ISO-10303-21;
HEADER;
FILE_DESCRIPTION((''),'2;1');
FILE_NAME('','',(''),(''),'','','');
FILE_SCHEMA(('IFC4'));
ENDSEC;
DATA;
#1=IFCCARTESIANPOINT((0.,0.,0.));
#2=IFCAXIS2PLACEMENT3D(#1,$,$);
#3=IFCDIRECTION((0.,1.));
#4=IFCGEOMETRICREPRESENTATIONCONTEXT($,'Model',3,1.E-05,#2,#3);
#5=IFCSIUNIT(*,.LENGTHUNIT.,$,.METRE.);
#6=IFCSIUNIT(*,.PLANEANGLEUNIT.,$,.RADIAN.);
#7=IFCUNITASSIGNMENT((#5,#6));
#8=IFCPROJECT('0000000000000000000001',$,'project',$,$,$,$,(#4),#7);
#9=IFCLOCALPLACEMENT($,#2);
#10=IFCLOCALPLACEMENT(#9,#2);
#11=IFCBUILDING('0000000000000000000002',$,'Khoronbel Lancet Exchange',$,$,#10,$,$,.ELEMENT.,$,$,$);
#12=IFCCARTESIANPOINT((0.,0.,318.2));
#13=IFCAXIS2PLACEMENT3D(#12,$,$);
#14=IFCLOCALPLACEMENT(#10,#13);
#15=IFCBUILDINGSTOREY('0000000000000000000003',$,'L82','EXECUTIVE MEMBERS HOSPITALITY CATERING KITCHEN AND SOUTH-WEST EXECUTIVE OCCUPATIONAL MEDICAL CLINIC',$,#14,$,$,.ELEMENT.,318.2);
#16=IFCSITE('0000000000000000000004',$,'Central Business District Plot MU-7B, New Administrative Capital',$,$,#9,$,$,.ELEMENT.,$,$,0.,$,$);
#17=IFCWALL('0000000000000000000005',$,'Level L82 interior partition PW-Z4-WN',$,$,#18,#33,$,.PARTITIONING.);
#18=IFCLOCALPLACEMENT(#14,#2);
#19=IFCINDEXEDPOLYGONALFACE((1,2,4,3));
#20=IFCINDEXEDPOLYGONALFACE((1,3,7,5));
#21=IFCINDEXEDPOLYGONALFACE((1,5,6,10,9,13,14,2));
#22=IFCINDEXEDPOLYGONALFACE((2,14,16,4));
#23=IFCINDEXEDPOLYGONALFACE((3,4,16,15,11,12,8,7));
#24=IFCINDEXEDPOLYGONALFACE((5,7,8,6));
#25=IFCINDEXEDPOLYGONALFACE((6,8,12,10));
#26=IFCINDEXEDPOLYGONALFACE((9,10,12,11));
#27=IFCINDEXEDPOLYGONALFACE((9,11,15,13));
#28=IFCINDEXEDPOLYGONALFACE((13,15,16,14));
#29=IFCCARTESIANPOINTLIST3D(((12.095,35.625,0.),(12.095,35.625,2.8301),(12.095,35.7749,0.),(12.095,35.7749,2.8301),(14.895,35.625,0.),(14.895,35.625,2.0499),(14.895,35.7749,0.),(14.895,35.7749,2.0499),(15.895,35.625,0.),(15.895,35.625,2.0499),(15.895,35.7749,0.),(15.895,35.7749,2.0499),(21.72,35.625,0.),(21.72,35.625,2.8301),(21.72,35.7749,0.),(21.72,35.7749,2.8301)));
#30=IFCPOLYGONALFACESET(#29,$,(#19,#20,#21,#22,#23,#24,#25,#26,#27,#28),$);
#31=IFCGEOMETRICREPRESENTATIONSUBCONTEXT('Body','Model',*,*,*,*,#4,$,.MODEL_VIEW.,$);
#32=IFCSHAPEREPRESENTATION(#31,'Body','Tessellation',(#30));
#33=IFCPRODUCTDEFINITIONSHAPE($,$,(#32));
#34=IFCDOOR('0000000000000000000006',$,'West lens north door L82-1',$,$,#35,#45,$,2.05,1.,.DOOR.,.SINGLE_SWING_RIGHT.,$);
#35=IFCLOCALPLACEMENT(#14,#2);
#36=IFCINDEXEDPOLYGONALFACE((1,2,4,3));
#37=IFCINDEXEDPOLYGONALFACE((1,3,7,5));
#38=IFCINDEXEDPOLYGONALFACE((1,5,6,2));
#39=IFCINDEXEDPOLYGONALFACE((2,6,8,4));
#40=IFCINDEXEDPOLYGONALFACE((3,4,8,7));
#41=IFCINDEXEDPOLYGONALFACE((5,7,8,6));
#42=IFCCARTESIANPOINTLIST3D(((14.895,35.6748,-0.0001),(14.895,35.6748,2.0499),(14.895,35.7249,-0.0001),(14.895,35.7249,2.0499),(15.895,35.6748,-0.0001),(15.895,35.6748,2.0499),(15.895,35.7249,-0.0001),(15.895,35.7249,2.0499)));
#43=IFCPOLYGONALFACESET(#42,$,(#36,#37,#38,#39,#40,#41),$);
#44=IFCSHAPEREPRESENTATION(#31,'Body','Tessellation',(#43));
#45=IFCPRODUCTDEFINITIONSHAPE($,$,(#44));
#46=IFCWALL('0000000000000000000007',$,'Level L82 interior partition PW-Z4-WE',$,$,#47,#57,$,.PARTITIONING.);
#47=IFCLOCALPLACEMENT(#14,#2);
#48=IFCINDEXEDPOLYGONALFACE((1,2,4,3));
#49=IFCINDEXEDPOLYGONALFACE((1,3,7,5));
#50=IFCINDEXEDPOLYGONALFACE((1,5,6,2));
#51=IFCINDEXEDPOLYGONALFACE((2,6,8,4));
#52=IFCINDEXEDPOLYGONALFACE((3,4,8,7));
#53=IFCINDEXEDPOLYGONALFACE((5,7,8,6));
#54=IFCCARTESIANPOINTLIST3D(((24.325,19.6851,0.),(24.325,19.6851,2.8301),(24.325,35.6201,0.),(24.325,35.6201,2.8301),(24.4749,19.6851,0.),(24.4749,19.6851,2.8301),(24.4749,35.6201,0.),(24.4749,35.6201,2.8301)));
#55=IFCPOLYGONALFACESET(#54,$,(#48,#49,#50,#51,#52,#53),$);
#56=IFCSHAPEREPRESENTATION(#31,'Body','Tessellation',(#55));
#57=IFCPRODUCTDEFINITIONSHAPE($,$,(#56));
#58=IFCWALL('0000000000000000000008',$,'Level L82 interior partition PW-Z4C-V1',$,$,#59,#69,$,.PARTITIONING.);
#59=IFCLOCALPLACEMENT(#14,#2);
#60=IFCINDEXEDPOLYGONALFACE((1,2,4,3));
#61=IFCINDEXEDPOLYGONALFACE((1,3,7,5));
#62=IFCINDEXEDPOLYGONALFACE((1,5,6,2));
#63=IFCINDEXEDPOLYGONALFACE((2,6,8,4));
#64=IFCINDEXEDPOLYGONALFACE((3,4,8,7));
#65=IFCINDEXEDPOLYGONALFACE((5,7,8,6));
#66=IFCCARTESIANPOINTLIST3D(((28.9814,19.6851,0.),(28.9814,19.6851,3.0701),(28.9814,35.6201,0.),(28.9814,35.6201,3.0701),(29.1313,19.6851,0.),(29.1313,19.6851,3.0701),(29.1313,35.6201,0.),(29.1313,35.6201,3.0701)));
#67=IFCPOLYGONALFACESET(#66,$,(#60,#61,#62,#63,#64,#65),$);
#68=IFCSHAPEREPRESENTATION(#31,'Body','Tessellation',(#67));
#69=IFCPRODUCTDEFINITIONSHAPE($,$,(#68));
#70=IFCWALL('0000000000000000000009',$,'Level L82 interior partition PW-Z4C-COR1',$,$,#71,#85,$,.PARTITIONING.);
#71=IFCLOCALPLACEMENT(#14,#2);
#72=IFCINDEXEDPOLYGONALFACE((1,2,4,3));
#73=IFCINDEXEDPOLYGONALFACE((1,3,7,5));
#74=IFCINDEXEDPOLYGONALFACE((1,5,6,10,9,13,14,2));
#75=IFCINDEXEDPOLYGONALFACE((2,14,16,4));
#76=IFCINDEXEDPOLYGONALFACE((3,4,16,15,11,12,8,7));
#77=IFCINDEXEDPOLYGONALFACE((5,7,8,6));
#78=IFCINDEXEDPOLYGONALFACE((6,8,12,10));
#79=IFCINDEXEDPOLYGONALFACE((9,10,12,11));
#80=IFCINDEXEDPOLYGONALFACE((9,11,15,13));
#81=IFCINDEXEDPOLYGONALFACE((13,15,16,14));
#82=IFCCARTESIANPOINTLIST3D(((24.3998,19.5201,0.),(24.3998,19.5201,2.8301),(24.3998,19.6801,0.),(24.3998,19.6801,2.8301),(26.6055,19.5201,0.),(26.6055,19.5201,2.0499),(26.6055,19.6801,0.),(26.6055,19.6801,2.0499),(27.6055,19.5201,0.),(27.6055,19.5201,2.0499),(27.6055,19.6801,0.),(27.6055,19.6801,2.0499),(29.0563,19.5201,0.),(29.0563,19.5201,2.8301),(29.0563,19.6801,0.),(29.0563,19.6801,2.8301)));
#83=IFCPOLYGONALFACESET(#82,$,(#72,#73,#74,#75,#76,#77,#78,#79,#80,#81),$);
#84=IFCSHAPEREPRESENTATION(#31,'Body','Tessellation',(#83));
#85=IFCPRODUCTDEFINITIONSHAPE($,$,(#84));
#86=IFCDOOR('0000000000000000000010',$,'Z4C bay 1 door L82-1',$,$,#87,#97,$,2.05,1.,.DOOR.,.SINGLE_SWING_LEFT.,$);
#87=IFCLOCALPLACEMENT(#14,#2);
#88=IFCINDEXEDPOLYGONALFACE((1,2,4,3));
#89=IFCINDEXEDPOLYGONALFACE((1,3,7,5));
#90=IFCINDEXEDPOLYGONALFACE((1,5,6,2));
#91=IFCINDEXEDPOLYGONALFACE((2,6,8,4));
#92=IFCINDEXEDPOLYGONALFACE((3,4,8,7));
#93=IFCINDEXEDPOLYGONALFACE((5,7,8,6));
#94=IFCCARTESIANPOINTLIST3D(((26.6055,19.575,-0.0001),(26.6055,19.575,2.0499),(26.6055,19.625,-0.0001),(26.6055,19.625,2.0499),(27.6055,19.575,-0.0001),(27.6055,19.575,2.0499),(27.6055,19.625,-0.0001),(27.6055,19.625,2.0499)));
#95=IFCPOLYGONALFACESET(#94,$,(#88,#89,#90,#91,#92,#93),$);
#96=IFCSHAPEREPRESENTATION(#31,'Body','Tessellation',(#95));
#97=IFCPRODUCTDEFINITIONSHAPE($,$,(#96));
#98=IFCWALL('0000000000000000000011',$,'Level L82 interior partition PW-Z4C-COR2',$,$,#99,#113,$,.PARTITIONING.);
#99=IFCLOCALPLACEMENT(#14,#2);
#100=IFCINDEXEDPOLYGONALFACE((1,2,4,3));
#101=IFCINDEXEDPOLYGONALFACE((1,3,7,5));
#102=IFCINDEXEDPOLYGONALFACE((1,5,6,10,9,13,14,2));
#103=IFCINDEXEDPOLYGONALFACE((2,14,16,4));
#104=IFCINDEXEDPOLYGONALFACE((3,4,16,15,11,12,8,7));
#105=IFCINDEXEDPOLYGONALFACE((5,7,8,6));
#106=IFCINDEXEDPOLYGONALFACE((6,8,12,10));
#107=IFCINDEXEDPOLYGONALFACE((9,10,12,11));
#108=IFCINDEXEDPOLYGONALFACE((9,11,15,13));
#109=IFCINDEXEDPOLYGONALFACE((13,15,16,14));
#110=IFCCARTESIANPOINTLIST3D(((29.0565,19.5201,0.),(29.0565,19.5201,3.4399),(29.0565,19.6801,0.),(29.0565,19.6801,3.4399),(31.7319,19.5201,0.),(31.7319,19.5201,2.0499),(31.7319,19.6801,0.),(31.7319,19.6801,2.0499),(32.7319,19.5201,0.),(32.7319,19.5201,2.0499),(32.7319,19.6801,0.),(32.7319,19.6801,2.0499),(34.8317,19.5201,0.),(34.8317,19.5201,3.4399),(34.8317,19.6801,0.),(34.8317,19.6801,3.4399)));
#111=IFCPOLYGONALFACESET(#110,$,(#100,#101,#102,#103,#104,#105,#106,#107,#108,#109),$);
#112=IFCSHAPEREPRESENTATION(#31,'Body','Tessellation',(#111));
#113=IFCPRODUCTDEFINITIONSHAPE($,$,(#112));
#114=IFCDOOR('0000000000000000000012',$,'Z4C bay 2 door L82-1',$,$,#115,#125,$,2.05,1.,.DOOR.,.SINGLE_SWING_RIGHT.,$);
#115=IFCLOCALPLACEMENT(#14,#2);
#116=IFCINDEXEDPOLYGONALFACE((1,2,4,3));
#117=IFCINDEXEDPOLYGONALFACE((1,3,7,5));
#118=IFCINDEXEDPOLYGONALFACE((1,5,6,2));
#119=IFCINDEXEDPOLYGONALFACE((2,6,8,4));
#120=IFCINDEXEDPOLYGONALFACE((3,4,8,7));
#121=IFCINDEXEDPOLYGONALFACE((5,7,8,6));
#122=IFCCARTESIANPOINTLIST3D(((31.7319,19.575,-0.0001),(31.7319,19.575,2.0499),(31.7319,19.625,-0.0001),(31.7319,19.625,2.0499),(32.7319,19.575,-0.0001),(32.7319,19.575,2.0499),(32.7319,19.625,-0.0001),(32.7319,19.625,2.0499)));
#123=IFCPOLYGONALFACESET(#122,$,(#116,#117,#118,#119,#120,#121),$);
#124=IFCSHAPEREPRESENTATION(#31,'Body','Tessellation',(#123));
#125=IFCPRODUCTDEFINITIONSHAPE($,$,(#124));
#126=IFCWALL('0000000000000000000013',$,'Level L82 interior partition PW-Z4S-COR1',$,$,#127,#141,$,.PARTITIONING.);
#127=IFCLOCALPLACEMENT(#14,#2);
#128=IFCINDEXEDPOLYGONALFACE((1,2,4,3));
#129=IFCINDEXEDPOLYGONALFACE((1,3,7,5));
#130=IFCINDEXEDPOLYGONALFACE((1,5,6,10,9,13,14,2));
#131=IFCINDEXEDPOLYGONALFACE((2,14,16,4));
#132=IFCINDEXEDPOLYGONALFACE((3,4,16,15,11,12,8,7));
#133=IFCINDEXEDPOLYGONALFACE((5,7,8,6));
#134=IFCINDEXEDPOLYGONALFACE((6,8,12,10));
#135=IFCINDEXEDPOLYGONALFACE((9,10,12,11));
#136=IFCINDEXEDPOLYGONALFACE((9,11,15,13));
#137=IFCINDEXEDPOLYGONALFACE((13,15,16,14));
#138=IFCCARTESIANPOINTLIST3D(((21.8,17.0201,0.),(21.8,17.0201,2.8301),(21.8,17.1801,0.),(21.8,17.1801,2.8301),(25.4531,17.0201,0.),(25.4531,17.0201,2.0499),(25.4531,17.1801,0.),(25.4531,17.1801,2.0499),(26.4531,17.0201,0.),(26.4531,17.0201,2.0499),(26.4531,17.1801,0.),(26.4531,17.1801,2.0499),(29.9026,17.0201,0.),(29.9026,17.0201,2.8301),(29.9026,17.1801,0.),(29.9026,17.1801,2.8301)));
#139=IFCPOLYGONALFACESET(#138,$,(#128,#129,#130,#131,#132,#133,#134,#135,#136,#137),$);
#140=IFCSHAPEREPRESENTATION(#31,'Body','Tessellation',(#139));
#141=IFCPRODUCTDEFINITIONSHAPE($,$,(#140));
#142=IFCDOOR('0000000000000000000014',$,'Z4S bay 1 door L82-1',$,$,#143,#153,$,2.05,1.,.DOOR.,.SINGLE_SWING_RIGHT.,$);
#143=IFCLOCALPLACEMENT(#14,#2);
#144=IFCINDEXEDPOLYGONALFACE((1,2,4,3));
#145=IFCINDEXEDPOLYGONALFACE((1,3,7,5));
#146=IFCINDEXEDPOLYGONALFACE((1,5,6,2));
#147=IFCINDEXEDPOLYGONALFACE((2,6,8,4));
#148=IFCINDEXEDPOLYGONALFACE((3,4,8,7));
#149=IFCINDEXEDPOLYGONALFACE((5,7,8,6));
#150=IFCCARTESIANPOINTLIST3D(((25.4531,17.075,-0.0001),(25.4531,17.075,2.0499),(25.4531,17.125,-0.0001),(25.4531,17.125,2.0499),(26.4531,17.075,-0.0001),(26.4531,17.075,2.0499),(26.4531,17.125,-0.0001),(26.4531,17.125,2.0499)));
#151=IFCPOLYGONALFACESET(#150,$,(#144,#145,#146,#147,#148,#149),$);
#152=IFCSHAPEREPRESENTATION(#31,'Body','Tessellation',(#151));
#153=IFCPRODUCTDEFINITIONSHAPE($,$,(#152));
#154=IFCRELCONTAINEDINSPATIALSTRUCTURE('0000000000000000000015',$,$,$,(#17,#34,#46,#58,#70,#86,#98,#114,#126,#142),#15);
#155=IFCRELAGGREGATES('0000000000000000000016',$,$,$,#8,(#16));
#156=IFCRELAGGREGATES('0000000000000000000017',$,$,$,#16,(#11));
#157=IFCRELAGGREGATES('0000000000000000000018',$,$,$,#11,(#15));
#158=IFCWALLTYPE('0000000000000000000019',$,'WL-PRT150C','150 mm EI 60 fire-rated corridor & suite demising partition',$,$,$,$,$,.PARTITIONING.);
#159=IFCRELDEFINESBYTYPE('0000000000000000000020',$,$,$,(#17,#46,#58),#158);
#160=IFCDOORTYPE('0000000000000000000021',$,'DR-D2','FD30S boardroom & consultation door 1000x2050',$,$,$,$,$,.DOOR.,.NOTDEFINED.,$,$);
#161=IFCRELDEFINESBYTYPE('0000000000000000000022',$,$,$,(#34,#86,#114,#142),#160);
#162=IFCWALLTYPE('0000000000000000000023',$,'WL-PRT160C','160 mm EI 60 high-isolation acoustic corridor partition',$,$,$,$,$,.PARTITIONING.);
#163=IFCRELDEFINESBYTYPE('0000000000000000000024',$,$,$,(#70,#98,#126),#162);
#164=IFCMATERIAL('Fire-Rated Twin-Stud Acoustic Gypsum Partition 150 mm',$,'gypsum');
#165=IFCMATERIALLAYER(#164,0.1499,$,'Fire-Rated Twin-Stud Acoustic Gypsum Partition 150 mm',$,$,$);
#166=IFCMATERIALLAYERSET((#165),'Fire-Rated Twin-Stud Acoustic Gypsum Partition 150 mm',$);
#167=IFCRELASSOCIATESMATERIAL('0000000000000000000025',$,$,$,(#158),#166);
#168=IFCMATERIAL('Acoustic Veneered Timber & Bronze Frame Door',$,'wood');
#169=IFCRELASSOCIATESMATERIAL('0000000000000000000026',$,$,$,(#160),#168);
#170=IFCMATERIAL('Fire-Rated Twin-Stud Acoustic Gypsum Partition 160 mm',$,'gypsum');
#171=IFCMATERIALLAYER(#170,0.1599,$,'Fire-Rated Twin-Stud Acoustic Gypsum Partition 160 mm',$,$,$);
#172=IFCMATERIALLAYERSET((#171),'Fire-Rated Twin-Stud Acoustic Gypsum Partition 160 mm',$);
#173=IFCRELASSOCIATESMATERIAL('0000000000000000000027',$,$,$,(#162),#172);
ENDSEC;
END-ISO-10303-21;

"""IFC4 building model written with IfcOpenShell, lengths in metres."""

from ifc_helpers import new_model, si_unit, direction, frame, frame_2d, origin, place, context, subcontext, project, spatial, rectangle, extrude, material, layer, layer_set, type_object, element, fill, save


model = new_model("IFC4")

# Units and contexts
model_context = context("Model", 3, precision=1e-05, world=origin(), true_north=direction((0.0, 1.0)))
body_context = subcontext(model_context, "Body", "Model", "MODEL_VIEW")
ifc_project = project(units=[si_unit("LENGTHUNIT", "METRE"), si_unit("PLANEANGLEUNIT", "RADIAN")], contexts=[model_context])

# Site, building, storey
site_placement = place(None, origin())
site = spatial("IfcSite", under=ifc_project, at=site_placement, Name="Central Business District Plot MU-7B, New Administrative Capital", CompositionType="ELEMENT", RefElevation=0.0)
building_placement = place(site_placement, origin())
building = spatial("IfcBuilding", under=site, at=building_placement, Name="Khoronbel Lancet Exchange", CompositionType="ELEMENT")
storey_placement = place(building_placement, frame((0.0, 0.0, 318.2)))
storey = spatial("IfcBuildingStorey", under=building, at=storey_placement, Name="L82", Description="EXECUTIVE MEMBERS HOSPITALITY CATERING KITCHEN AND SOUTH-WEST EXECUTIVE OCCUPATIONAL MEDICAL CLINIC", CompositionType="ELEMENT", Elevation=318.2)

# Wall, opening, door
ifc_material_1 = material(Name="Fire-Rated Twin-Stud Acoustic Gypsum Partition 150 mm", Category="gypsum")
ifc_layer_1 = layer(ifc_material_1, 0.1499, Name="Fire-Rated Twin-Stud Acoustic Gypsum Partition 150 mm")
ifc_layer_set_1 = layer_set([ifc_layer_1], Name="Fire-Rated Twin-Stud Acoustic Gypsum Partition 150 mm")
wall_type_1 = type_object("IfcWallType", Name="WL-PRT150C", Description="150 mm EI 60 fire-rated corridor & suite demising partition", PredefinedType="PARTITIONING", material=ifc_layer_set_1)
wall_1_placement = place(storey_placement, frame((12.095, 35.7, 0.0), z_axis=(0.0, 0.0, 1.0), x_axis=(1.0, 0.0, 0.0)))
wall_1 = element("IfcWall", 1, at=wall_1_placement, inside=storey, type_object=wall_type_1, Name="Level L82 interior partition PW-Z4-WN", PredefinedType="PARTITIONING", context=body_context, shape_type="SweptSolid", body=[
    extrude(rectangle(XDim=9.625, YDim=0.1499, at=frame_2d((4.8125, 0.0))), origin(), (0.0, 0.0, 1.0), 2.8301),
])
opening_1_placement = place(wall_1_placement, frame((2.8, 0.0, 0.0)))
opening_1 = element("IfcOpeningElement", 2, at=opening_1_placement, cuts=wall_1, PredefinedType="OPENING", context=body_context, shape_type="SweptSolid", body=[
    extrude(rectangle(XDim=1.0, YDim=2.05, at=frame_2d((0.5, 1.0249))), frame((0.0, 0.085, 0.0), z_axis=(0.0, -1.0, 0.0), x_axis=(1.0, 0.0, 0.0)), (0.0, 0.0, 1.0), 0.1699),
])
ifc_material_2 = material(Name="Acoustic Veneered Timber & Bronze Frame Door", Category="wood")
door_type_1 = type_object("IfcDoorType", Name="DR-D2", Description="FD30S boardroom & consultation door 1000x2050", OperationType="NOTDEFINED", PredefinedType="DOOR", material=ifc_material_2)
door_1_placement = place(opening_1_placement, origin())
door_1 = element("IfcDoor", 3, at=door_1_placement, inside=storey, type_object=door_type_1, Name="West lens north door L82-1", OperationType="SINGLE_SWING_RIGHT", OverallHeight=2.05, OverallWidth=1.0, PredefinedType="DOOR", context=body_context, shape_type="SweptSolid", body=[
    extrude(rectangle(XDim=1.0, YDim=2.05, at=frame_2d((0.5, 1.0249))), frame((0.0, 0.0249, 0.0), z_axis=(0.0, -1.0, 0.0), x_axis=(1.0, 0.0, 0.0)), (0.0, 0.0, 1.0), 0.05),
])
fill(opening_1, door_1)

# Walls
wall_2_placement = place(storey_placement, frame((24.3999, 19.6851, 0.0), z_axis=(0.0, 0.0, 1.0), x_axis=(0.0, 1.0, 0.0)))
element("IfcWall", 4, at=wall_2_placement, inside=storey, type_object=wall_type_1, Name="Level L82 interior partition PW-Z4-WE", PredefinedType="PARTITIONING", context=body_context, shape_type="SweptSolid", body=[
    extrude(rectangle(XDim=15.9351, YDim=0.1499, at=frame_2d((7.9675, 0.0))), origin(), (0.0, 0.0, 1.0), 2.8301),
])
wall_3_placement = place(storey_placement, frame((29.0564, 19.6851, 0.0), z_axis=(0.0, 0.0, 1.0), x_axis=(0.0, 1.0, 0.0)))
element("IfcWall", 5, at=wall_3_placement, inside=storey, type_object=wall_type_1, Name="Level L82 interior partition PW-Z4C-V1", PredefinedType="PARTITIONING", context=body_context, shape_type="SweptSolid", body=[
    extrude(rectangle(XDim=15.9351, YDim=0.1499, at=frame_2d((7.9675, 0.0))), origin(), (0.0, 0.0, 1.0), 3.0701),
])

# Walls, openings, doors
ifc_material_3 = material(Name="Fire-Rated Twin-Stud Acoustic Gypsum Partition 160 mm", Category="gypsum")
ifc_layer_2 = layer(ifc_material_3, 0.1599, Name="Fire-Rated Twin-Stud Acoustic Gypsum Partition 160 mm")
ifc_layer_set_2 = layer_set([ifc_layer_2], Name="Fire-Rated Twin-Stud Acoustic Gypsum Partition 160 mm")
wall_type_2 = type_object("IfcWallType", Name="WL-PRT160C", Description="160 mm EI 60 high-isolation acoustic corridor partition", PredefinedType="PARTITIONING", material=ifc_layer_set_2)
wall_4_placement = place(storey_placement, frame((24.3999, 19.6001, 0.0), z_axis=(0.0, 0.0, 1.0), x_axis=(1.0, 0.0, 0.0)))
wall_4 = element("IfcWall", 6, at=wall_4_placement, inside=storey, type_object=wall_type_2, Name="Level L82 interior partition PW-Z4C-COR1", PredefinedType="PARTITIONING", context=body_context, shape_type="SweptSolid", body=[
    extrude(rectangle(XDim=4.6565, YDim=0.1599, at=frame_2d((2.3281, 0.0))), origin(), (0.0, 0.0, 1.0), 2.8301),
])
opening_2_placement = place(wall_4_placement, frame((2.2056, 0.0, 0.0)))
opening_2 = element("IfcOpeningElement", 7, at=opening_2_placement, cuts=wall_4, PredefinedType="OPENING", context=body_context, shape_type="SweptSolid", body=[
    extrude(rectangle(XDim=1.0, YDim=2.05, at=frame_2d((0.5, 1.0249))), frame((0.0, 0.0898, 0.0), z_axis=(0.0, -1.0, 0.0), x_axis=(1.0, 0.0, 0.0)), (0.0, 0.0, 1.0), 0.1799),
])
door_2_placement = place(opening_2_placement, origin())
door_2 = element("IfcDoor", 8, at=door_2_placement, inside=storey, type_object=door_type_1, Name="Z4C bay 1 door L82-1", OperationType="SINGLE_SWING_LEFT", OverallHeight=2.05, OverallWidth=1.0, PredefinedType="DOOR", context=body_context, shape_type="SweptSolid", body=[
    extrude(rectangle(XDim=1.0, YDim=2.05, at=frame_2d((0.5, 1.0249))), frame((0.0, 0.0249, 0.0), z_axis=(0.0, -1.0, 0.0), x_axis=(1.0, 0.0, 0.0)), (0.0, 0.0, 1.0), 0.05),
])
fill(opening_2, door_2)
wall_5_placement = place(storey_placement, frame((29.0564, 19.6001, 0.0), z_axis=(0.0, 0.0, 1.0), x_axis=(1.0, 0.0, 0.0)))
wall_5 = element("IfcWall", 9, at=wall_5_placement, inside=storey, type_object=wall_type_2, Name="Level L82 interior partition PW-Z4C-COR2", PredefinedType="PARTITIONING", context=body_context, shape_type="SweptSolid", body=[
    extrude(rectangle(XDim=5.7751, YDim=0.1599, at=frame_2d((2.8877, 0.0))), origin(), (0.0, 0.0, 1.0), 3.4399),
])
opening_3_placement = place(wall_5_placement, frame((2.6755, 0.0, 0.0)))
opening_3 = element("IfcOpeningElement", 10, at=opening_3_placement, cuts=wall_5, PredefinedType="OPENING", context=body_context, shape_type="SweptSolid", body=[
    extrude(rectangle(XDim=1.0, YDim=2.05, at=frame_2d((0.5, 1.0249))), frame((0.0, 0.0898, 0.0), z_axis=(0.0, -1.0, 0.0), x_axis=(1.0, 0.0, 0.0)), (0.0, 0.0, 1.0), 0.1799),
])
door_3_placement = place(opening_3_placement, origin())
door_3 = element("IfcDoor", 11, at=door_3_placement, inside=storey, type_object=door_type_1, Name="Z4C bay 2 door L82-1", OperationType="SINGLE_SWING_RIGHT", OverallHeight=2.05, OverallWidth=1.0, PredefinedType="DOOR", context=body_context, shape_type="SweptSolid", body=[
    extrude(rectangle(XDim=1.0, YDim=2.05, at=frame_2d((0.5, 1.0249))), frame((0.0, 0.0249, 0.0), z_axis=(0.0, -1.0, 0.0), x_axis=(1.0, 0.0, 0.0)), (0.0, 0.0, 1.0), 0.05),
])
fill(opening_3, door_3)
wall_6_placement = place(storey_placement, frame((21.8, 17.1001, 0.0), z_axis=(0.0, 0.0, 1.0), x_axis=(1.0, 0.0, 0.0)))
wall_6 = element("IfcWall", 12, at=wall_6_placement, inside=storey, type_object=wall_type_2, Name="Level L82 interior partition PW-Z4S-COR1", PredefinedType="PARTITIONING", context=body_context, shape_type="SweptSolid", body=[
    extrude(rectangle(XDim=8.1025, YDim=0.1599, at=frame_2d((4.0513, 0.0))), origin(), (0.0, 0.0, 1.0), 2.8301),
])
opening_4_placement = place(wall_6_placement, frame((3.6531, 0.0, 0.0)))
opening_4 = element("IfcOpeningElement", 13, at=opening_4_placement, cuts=wall_6, PredefinedType="OPENING", context=body_context, shape_type="SweptSolid", body=[
    extrude(rectangle(XDim=1.0, YDim=2.05, at=frame_2d((0.5, 1.0249))), frame((0.0, 0.0898, 0.0), z_axis=(0.0, -1.0, 0.0), x_axis=(1.0, 0.0, 0.0)), (0.0, 0.0, 1.0), 0.1799),
])
door_4_placement = place(opening_4_placement, origin())
door_4 = element("IfcDoor", 14, at=door_4_placement, inside=storey, type_object=door_type_1, Name="Z4S bay 1 door L82-1", OperationType="SINGLE_SWING_RIGHT", OverallHeight=2.05, OverallWidth=1.0, PredefinedType="DOOR", context=body_context, shape_type="SweptSolid", body=[
    extrude(rectangle(XDim=1.0, YDim=2.05, at=frame_2d((0.5, 1.0249))), frame((0.0, 0.0249, 0.0), z_axis=(0.0, -1.0, 0.0), x_axis=(1.0, 0.0, 0.0)), (0.0, 0.0, 1.0), 0.05),
])
fill(opening_4, door_4)

save(model, "model.ifc")
